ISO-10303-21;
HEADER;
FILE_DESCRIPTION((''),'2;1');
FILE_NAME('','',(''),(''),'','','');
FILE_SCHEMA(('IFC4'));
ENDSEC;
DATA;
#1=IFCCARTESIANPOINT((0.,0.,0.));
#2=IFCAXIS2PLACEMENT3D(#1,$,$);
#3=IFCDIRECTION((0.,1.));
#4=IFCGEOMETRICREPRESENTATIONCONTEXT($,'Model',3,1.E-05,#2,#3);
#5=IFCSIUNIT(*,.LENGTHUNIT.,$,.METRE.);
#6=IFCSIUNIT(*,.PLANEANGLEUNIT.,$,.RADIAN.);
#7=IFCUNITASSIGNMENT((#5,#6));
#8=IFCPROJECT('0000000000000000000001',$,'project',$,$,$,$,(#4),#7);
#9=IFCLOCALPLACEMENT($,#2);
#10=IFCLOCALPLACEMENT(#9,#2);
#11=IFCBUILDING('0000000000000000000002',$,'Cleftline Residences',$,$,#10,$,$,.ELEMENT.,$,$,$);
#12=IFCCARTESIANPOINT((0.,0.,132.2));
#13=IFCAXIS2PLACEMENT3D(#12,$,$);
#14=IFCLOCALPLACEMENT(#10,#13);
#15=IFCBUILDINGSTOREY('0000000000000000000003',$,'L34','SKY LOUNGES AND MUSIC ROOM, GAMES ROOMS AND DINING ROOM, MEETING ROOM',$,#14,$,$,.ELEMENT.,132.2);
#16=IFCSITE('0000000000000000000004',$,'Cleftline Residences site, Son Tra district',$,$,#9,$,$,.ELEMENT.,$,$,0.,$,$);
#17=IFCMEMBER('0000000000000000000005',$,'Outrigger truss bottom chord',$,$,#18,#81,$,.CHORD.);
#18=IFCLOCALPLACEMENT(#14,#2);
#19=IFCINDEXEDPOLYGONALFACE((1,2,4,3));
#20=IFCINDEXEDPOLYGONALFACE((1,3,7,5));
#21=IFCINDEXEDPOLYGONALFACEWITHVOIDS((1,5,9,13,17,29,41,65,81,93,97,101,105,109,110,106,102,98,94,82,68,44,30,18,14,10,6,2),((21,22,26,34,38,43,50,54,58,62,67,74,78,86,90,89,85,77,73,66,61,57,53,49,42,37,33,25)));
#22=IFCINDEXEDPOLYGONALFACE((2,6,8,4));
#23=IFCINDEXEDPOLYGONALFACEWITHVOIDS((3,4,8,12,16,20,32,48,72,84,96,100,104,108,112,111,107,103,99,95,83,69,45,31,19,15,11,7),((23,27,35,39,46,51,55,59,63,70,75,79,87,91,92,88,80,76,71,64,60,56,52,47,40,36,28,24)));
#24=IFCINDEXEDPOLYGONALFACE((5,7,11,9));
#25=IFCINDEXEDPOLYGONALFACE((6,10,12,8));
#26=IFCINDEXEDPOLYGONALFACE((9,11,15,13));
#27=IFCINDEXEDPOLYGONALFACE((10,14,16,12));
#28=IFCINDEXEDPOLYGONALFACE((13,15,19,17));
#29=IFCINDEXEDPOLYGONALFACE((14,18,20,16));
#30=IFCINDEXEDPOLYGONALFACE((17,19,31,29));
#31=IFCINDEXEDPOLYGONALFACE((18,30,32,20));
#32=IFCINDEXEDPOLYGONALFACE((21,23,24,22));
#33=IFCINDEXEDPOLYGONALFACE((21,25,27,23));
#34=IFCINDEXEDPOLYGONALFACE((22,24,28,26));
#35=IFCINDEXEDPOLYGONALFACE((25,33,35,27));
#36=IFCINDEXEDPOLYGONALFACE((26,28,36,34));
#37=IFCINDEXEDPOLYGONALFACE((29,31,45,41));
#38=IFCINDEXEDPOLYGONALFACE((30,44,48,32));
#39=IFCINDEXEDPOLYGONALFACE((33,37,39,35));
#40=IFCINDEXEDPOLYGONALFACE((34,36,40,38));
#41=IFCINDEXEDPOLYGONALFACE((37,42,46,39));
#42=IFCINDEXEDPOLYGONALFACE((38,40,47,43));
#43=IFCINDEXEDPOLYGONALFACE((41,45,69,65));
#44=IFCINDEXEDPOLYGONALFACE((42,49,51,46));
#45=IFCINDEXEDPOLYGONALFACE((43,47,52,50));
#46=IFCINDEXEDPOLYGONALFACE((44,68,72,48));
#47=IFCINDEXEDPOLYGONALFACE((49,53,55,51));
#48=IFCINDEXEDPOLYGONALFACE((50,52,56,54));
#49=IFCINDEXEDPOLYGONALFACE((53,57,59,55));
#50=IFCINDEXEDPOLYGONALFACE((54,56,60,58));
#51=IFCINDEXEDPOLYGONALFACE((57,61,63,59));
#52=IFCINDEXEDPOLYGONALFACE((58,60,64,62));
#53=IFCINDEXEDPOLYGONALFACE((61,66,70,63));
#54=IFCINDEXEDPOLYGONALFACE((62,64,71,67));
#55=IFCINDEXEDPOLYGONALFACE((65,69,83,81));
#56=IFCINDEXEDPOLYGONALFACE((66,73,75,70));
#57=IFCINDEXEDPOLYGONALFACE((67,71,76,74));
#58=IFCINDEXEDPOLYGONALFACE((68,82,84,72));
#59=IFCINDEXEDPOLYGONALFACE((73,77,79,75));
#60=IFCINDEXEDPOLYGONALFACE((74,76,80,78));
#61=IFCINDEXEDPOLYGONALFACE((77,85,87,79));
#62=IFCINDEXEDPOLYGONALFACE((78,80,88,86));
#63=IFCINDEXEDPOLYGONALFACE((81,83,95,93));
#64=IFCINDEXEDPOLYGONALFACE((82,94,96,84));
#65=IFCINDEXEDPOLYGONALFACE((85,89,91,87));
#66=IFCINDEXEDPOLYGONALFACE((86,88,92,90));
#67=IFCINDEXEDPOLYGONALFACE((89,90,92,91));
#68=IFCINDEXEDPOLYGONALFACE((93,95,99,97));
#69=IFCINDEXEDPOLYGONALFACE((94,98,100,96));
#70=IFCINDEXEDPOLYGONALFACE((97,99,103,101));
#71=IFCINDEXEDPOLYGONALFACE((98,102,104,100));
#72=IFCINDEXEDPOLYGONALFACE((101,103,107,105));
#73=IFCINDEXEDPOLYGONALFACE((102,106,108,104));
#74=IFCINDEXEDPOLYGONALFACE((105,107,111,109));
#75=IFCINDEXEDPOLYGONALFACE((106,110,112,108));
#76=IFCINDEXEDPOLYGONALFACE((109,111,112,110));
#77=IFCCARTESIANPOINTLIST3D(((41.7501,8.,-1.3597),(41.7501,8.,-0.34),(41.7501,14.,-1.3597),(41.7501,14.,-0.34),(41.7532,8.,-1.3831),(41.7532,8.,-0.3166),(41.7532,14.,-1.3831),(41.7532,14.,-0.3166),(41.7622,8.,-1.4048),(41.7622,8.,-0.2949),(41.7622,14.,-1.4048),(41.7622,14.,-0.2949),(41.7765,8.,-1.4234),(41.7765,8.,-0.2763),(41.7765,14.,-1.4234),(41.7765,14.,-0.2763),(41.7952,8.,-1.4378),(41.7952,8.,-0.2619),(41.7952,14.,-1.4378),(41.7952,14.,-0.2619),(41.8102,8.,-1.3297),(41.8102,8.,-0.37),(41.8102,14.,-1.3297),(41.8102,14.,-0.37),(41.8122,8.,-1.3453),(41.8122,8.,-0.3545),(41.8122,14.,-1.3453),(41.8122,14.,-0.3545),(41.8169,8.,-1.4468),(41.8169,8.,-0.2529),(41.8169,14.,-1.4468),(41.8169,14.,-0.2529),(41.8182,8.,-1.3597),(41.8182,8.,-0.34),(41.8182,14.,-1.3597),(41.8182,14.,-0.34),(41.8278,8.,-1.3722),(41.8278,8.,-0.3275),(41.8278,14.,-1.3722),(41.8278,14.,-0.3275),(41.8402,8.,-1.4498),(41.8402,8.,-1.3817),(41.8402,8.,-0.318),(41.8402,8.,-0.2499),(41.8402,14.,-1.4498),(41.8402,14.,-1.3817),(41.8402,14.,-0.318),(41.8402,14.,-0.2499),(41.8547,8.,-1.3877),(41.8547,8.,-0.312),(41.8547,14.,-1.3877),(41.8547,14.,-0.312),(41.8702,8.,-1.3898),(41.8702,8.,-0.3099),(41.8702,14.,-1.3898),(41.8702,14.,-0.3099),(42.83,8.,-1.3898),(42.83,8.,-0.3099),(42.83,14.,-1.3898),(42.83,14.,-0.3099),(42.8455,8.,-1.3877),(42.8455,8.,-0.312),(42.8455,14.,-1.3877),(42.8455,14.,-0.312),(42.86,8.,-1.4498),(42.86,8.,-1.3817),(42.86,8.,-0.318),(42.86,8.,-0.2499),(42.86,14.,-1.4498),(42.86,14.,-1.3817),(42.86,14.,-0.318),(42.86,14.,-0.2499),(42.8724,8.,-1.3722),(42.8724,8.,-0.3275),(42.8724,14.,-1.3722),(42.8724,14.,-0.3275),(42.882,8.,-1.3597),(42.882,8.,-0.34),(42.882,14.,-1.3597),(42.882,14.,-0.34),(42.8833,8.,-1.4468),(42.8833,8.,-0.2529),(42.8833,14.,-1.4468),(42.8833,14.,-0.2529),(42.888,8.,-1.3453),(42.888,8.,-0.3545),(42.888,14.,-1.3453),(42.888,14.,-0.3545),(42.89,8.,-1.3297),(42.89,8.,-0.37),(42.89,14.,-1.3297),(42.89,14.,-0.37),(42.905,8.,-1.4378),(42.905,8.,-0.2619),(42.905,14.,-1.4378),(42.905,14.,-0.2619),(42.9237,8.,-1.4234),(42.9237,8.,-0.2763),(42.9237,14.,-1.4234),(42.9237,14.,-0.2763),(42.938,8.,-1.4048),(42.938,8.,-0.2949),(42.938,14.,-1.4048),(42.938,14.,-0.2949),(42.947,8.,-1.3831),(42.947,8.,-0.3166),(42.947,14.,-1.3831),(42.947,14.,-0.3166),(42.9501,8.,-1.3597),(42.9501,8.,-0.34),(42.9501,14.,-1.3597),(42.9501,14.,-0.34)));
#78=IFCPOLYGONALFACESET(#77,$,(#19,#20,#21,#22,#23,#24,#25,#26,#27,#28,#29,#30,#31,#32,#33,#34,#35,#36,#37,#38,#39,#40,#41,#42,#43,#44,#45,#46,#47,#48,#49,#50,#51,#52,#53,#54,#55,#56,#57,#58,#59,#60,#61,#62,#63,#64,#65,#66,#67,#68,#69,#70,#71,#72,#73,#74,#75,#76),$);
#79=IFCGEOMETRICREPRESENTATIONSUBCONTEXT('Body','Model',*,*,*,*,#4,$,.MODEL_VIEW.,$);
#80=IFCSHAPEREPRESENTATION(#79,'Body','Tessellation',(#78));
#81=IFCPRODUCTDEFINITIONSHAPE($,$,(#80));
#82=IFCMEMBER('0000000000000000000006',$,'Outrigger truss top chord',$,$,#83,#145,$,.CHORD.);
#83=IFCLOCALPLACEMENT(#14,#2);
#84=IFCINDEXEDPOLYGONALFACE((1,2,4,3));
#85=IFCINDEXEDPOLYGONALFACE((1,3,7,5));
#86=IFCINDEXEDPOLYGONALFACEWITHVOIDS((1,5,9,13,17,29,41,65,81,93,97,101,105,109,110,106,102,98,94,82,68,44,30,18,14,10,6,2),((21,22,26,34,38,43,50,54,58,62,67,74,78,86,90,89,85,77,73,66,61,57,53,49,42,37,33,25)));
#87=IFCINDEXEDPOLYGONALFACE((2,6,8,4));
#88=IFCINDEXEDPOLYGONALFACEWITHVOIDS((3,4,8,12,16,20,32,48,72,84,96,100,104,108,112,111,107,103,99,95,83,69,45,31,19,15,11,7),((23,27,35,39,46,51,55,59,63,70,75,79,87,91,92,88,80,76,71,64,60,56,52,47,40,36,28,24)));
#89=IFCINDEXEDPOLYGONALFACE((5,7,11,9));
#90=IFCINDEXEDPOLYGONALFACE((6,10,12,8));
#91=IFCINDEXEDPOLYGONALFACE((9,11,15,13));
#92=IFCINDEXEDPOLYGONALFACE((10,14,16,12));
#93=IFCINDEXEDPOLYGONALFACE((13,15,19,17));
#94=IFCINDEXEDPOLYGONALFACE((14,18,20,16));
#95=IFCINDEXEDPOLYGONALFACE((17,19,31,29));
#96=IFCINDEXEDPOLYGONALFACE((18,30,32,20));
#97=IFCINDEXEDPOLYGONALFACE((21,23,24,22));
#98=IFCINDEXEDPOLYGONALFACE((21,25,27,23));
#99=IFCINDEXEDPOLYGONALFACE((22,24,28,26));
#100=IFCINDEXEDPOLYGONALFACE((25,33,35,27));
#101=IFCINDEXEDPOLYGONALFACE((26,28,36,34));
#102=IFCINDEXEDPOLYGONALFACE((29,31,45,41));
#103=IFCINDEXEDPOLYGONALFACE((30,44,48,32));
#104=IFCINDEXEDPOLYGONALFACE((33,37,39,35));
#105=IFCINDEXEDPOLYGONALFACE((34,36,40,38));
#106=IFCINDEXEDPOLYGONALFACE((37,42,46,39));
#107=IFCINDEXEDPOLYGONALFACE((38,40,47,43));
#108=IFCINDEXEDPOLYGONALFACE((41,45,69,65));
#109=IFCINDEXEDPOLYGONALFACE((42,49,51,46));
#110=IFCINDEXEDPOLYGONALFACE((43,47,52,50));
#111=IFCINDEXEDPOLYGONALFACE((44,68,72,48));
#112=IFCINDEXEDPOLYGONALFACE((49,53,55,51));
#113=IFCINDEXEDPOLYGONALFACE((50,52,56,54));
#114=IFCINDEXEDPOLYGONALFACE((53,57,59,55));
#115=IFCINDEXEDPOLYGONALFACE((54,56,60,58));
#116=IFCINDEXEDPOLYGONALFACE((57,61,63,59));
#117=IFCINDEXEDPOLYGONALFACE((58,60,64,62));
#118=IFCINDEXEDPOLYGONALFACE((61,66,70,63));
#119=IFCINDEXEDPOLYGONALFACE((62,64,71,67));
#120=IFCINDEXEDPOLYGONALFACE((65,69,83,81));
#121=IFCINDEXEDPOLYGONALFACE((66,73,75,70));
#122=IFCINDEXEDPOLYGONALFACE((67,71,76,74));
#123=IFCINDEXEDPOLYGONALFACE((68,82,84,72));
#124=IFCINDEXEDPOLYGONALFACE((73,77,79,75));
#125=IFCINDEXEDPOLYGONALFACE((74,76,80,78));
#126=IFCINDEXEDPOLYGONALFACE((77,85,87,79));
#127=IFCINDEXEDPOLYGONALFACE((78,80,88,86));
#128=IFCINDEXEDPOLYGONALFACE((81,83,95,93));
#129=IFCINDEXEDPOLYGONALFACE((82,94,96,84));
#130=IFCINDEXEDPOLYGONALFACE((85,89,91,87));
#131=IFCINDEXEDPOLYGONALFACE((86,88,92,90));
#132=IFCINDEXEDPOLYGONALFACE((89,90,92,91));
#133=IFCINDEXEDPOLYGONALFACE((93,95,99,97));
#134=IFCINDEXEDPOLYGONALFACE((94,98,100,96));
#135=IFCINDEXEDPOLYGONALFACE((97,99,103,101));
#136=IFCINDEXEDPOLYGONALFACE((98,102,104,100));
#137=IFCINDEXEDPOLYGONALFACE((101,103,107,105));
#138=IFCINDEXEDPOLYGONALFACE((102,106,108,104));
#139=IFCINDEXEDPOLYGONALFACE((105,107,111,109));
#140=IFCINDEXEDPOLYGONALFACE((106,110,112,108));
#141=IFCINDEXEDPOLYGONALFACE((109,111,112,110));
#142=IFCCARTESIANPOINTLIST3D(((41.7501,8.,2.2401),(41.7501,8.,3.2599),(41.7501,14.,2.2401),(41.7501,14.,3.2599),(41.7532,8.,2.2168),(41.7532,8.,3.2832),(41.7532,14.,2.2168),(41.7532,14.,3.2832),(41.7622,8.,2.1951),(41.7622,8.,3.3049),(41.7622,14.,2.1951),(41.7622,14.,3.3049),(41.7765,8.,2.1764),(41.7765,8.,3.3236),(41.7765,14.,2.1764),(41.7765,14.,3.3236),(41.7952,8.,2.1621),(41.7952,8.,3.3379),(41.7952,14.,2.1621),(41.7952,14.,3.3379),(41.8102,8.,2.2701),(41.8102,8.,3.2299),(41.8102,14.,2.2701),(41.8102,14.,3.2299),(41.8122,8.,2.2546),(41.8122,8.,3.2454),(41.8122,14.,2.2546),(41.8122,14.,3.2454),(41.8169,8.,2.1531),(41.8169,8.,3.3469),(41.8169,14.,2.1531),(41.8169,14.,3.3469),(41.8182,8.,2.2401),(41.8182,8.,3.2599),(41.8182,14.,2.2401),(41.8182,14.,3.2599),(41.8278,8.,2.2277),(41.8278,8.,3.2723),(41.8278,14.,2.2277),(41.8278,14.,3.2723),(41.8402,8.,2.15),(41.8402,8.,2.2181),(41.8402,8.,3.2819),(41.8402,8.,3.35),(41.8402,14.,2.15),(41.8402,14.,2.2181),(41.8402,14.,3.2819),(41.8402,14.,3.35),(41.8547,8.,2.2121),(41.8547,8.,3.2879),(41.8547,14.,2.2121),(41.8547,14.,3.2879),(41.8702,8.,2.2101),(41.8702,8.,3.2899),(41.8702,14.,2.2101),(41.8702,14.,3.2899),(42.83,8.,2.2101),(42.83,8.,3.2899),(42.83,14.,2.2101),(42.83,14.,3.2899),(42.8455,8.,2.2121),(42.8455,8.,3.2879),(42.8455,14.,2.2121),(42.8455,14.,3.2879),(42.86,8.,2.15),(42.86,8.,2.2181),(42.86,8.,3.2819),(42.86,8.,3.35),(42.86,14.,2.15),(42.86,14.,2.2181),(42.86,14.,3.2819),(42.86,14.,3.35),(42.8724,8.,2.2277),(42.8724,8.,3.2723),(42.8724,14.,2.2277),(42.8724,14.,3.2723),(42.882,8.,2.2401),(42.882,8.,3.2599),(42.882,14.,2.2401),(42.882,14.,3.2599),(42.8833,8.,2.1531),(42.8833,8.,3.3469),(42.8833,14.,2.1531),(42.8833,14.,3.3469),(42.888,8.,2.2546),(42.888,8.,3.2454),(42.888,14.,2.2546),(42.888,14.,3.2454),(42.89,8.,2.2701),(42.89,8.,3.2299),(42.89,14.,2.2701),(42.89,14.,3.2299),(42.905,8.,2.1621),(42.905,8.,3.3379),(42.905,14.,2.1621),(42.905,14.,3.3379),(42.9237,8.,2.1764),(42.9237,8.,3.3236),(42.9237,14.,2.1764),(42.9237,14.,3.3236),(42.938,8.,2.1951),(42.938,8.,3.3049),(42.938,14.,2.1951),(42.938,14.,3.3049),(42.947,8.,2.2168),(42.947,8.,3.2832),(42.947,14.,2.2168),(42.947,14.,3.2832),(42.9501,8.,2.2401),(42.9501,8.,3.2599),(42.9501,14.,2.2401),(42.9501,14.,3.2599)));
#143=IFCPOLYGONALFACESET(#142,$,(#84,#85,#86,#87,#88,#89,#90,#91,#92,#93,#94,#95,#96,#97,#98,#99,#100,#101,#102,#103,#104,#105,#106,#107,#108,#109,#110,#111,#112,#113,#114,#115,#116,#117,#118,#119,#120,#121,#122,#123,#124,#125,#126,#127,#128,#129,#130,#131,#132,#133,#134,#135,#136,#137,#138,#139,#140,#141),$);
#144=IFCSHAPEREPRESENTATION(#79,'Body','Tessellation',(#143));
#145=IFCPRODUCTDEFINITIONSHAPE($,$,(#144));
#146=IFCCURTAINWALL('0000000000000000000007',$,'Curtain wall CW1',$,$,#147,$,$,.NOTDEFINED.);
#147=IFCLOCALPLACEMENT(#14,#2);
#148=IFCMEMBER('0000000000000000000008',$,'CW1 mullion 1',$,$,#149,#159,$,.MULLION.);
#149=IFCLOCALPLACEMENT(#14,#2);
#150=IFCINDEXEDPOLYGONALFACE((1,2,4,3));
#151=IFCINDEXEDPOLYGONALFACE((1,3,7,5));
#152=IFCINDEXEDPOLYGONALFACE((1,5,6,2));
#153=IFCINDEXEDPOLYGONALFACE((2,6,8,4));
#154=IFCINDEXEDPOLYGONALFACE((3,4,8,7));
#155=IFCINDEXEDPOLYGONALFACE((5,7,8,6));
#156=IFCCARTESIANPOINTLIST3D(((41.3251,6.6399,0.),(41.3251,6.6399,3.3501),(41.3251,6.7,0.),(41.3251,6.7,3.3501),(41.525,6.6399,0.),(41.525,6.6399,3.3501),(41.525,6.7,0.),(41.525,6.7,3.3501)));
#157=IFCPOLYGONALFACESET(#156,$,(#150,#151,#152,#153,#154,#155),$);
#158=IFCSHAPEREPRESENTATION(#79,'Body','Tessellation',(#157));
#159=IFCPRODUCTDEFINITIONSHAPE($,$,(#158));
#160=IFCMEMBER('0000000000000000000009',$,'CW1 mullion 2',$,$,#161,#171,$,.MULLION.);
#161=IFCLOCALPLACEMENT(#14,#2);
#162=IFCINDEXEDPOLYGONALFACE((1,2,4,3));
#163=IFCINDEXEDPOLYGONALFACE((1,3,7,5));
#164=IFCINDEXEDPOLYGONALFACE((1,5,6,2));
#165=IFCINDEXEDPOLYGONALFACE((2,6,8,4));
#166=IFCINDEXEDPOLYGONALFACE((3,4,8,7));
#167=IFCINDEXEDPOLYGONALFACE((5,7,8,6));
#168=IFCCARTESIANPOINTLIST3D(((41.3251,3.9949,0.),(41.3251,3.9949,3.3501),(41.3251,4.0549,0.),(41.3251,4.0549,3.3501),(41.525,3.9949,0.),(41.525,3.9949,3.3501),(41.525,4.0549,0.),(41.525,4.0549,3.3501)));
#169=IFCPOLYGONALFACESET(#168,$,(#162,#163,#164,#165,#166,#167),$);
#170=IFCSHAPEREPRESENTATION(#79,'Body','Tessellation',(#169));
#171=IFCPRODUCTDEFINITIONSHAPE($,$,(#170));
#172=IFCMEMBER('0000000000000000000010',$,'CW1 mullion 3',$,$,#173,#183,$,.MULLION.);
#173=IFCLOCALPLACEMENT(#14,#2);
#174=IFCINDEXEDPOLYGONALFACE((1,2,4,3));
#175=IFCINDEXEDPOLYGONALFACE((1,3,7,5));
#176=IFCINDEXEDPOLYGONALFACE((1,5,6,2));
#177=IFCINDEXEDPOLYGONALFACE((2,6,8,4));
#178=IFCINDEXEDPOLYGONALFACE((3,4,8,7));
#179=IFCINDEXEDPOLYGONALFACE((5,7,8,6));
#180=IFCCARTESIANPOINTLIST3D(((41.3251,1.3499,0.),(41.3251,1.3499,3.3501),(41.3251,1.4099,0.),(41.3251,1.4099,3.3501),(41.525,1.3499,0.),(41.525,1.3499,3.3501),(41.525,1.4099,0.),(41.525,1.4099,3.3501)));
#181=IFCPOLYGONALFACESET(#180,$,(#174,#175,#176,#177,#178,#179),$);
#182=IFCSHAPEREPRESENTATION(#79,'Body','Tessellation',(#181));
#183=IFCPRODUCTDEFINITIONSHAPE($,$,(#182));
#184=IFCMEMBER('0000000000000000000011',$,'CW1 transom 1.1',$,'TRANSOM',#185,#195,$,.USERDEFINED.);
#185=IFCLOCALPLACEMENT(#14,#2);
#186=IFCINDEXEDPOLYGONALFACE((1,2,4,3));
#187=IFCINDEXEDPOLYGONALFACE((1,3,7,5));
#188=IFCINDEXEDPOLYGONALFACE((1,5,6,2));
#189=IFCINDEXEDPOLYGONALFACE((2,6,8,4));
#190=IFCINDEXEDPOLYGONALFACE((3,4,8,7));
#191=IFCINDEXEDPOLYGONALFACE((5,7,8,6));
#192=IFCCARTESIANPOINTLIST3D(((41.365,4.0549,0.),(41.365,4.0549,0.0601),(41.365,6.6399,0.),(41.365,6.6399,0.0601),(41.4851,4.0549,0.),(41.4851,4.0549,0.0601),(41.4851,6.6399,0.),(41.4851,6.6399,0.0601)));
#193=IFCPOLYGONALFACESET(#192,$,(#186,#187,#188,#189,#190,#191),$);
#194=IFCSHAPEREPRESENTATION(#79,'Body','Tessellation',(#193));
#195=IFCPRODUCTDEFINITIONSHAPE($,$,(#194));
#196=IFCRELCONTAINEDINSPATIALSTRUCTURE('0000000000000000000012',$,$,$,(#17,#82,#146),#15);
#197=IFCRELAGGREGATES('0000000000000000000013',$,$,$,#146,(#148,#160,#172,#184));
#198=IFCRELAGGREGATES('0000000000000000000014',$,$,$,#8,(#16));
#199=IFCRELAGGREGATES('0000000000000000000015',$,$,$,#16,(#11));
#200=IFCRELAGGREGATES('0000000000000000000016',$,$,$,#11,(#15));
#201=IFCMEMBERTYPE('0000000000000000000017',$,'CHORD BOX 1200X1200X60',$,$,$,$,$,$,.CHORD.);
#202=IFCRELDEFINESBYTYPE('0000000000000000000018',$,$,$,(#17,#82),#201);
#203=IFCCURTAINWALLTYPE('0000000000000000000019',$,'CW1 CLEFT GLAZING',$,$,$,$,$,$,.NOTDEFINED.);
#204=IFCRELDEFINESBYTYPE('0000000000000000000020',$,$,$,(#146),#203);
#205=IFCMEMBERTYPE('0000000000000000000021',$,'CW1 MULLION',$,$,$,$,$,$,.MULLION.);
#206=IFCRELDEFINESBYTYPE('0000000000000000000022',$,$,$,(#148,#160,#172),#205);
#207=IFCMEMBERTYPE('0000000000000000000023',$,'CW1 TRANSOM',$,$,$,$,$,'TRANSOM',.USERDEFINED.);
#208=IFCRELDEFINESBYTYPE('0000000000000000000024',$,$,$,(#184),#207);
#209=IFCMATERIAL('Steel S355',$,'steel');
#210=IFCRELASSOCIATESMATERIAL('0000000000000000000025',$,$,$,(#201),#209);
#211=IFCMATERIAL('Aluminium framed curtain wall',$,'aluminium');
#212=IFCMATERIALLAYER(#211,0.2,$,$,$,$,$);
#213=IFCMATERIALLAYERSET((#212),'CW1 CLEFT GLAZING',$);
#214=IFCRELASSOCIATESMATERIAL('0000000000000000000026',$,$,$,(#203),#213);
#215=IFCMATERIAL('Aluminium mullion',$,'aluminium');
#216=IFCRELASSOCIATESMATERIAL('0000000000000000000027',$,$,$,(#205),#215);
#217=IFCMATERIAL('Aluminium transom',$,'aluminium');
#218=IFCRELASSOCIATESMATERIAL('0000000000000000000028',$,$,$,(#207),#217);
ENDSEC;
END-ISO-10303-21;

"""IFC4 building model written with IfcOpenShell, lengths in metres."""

from ifc_helpers import new_model, si_unit, direction, frame, origin, origin_2d, place, context, subcontext, project, spatial, rectangle, hollow_rectangle, extrude, material, layer, layer_set, material_profile, profile_set, type_object, element, aggregate, save


model = new_model("IFC4")

# Units and contexts
model_context = context("Model", 3, precision=1e-05, world=origin(), true_north=direction((0.0, 1.0)))
body_context = subcontext(model_context, "Body", "Model", "MODEL_VIEW")
ifc_project = project(units=[si_unit("LENGTHUNIT", "METRE"), si_unit("PLANEANGLEUNIT", "RADIAN")], contexts=[model_context])

# Site, building, storey
site_placement = place(None, origin())
site = spatial("IfcSite", under=ifc_project, at=site_placement, Name="Cleftline Residences site, Son Tra district", CompositionType="ELEMENT", RefElevation=0.0)
building_placement = place(site_placement, origin())
building = spatial("IfcBuilding", under=site, at=building_placement, Name="Cleftline Residences", CompositionType="ELEMENT")
storey_placement = place(building_placement, frame((0.0, 0.0, 132.2)))
storey = spatial("IfcBuildingStorey", under=building, at=storey_placement, Name="L34", Description="SKY LOUNGES AND MUSIC ROOM, GAMES ROOMS AND DINING ROOM, MEETING ROOM", CompositionType="ELEMENT", Elevation=132.2)

# Members
ifc_material_1 = material(Name="Steel S355", Category="steel")
ifc_material_profile_1 = material_profile(ifc_material_1, hollow_rectangle(XDim=1.2, YDim=1.2, WallThickness=0.0601, InnerFilletRadius=0.0601, OuterFilletRadius=0.0901, at=origin_2d()))
ifc_profile_set_1 = profile_set([ifc_material_profile_1], Name="Steel S355")
member_type_1 = type_object("IfcMemberType", Name="CHORD BOX 1200X1200X60", PredefinedType="CHORD", material=ifc_profile_set_1)
for number, where, z_axis, x_axis, name in (
    (1, (42.3501, 8.0, -0.8499), (0.0, 1.0, 0.0), (-1.0, 0.0, 0.0), "Outrigger truss bottom chord"),
    (2, (42.3501, 8.0, 2.75), (0.0, 1.0, 0.0), (-1.0, 0.0, 0.0), "Outrigger truss top chord"),
):
    element("IfcMember", number, at=place(storey_placement, frame(where, z_axis=z_axis, x_axis=x_axis)), inside=storey, type_object=member_type_1, Name=name, PredefinedType="CHORD", context=body_context, shape_type="SweptSolid", body=[
        extrude(hollow_rectangle(XDim=1.2, YDim=1.2, WallThickness=0.0601, InnerFilletRadius=0.0601, OuterFilletRadius=0.0901, at=origin_2d()), origin(), (0.0, 0.0, 1.0), 6.0),
    ])

# Curtain wall, members
ifc_material_2 = material(Name="Aluminium framed curtain wall", Category="aluminium")
ifc_layer_1 = layer(ifc_material_2, 0.2)
ifc_layer_set_1 = layer_set([ifc_layer_1], Name="CW1 CLEFT GLAZING")
curtain_wall_type = type_object("IfcCurtainWallType", Name="CW1 CLEFT GLAZING", PredefinedType="NOTDEFINED", material=ifc_layer_set_1)
curtain_wall_placement = place(storey_placement, origin())
curtain_wall = element("IfcCurtainWall", 3, at=curtain_wall_placement, inside=storey, type_object=curtain_wall_type, Name="Curtain wall CW1", PredefinedType="NOTDEFINED")
ifc_material_3 = material(Name="Aluminium mullion", Category="aluminium")
ifc_material_profile_2 = material_profile(ifc_material_3, rectangle(XDim=0.2, YDim=0.0601, at=origin_2d()))
ifc_profile_set_2 = profile_set([ifc_material_profile_2], Name="Aluminium mullion")
member_type_2 = type_object("IfcMemberType", Name="CW1 MULLION", PredefinedType="MULLION", material=ifc_profile_set_2)
member_1_placement = place(storey_placement, frame((41.425, 6.6699, 0.0), z_axis=(0.0, 0.0, 1.0), x_axis=(1.0, 0.0, 0.0)))
member_1 = element("IfcMember", 4, at=member_1_placement, type_object=member_type_2, Name="CW1 mullion 1", PredefinedType="MULLION", context=body_context, shape_type="SweptSolid", body=[
    extrude(rectangle(XDim=0.2, YDim=0.0601, at=origin_2d()), origin(), (0.0, 0.0, 1.0), 3.3501),
])
member_2_placement = place(storey_placement, frame((41.425, 4.0249, 0.0), z_axis=(0.0, 0.0, 1.0), x_axis=(1.0, 0.0, 0.0)))
member_2 = element("IfcMember", 5, at=member_2_placement, type_object=member_type_2, Name="CW1 mullion 2", PredefinedType="MULLION", context=body_context, shape_type="SweptSolid", body=[
    extrude(rectangle(XDim=0.2, YDim=0.0601, at=origin_2d()), origin(), (0.0, 0.0, 1.0), 3.3501),
])
member_3_placement = place(storey_placement, frame((41.425, 1.3799, 0.0), z_axis=(0.0, 0.0, 1.0), x_axis=(1.0, 0.0, 0.0)))
member_3 = element("IfcMember", 6, at=member_3_placement, type_object=member_type_2, Name="CW1 mullion 3", PredefinedType="MULLION", context=body_context, shape_type="SweptSolid", body=[
    extrude(rectangle(XDim=0.2, YDim=0.0601, at=origin_2d()), origin(), (0.0, 0.0, 1.0), 3.3501),
])
ifc_material_4 = material(Name="Aluminium transom", Category="aluminium")
ifc_material_profile_3 = material_profile(ifc_material_4, rectangle(XDim=0.1201, YDim=0.0601, at=origin_2d()))
ifc_profile_set_3 = profile_set([ifc_material_profile_3], Name="Aluminium transom")
member_type_3 = type_object("IfcMemberType", Name="CW1 TRANSOM", ElementType="TRANSOM", PredefinedType="USERDEFINED", material=ifc_profile_set_3)
member_4_placement = place(storey_placement, frame((41.425, 6.6399, 0.03), z_axis=(0.0, -1.0, 0.0), x_axis=(1.0, 0.0, 0.0)))
member_4 = element("IfcMember", 7, at=member_4_placement, type_object=member_type_3, Name="CW1 transom 1.1", ObjectType="TRANSOM", PredefinedType="USERDEFINED", context=body_context, shape_type="SweptSolid", body=[
    extrude(rectangle(XDim=0.1201, YDim=0.0601, at=origin_2d()), origin(), (0.0, 0.0, 1.0), 2.585),
])
aggregate(curtain_wall, [member_1, member_2, member_3, member_4])

save(model, "model.ifc")
